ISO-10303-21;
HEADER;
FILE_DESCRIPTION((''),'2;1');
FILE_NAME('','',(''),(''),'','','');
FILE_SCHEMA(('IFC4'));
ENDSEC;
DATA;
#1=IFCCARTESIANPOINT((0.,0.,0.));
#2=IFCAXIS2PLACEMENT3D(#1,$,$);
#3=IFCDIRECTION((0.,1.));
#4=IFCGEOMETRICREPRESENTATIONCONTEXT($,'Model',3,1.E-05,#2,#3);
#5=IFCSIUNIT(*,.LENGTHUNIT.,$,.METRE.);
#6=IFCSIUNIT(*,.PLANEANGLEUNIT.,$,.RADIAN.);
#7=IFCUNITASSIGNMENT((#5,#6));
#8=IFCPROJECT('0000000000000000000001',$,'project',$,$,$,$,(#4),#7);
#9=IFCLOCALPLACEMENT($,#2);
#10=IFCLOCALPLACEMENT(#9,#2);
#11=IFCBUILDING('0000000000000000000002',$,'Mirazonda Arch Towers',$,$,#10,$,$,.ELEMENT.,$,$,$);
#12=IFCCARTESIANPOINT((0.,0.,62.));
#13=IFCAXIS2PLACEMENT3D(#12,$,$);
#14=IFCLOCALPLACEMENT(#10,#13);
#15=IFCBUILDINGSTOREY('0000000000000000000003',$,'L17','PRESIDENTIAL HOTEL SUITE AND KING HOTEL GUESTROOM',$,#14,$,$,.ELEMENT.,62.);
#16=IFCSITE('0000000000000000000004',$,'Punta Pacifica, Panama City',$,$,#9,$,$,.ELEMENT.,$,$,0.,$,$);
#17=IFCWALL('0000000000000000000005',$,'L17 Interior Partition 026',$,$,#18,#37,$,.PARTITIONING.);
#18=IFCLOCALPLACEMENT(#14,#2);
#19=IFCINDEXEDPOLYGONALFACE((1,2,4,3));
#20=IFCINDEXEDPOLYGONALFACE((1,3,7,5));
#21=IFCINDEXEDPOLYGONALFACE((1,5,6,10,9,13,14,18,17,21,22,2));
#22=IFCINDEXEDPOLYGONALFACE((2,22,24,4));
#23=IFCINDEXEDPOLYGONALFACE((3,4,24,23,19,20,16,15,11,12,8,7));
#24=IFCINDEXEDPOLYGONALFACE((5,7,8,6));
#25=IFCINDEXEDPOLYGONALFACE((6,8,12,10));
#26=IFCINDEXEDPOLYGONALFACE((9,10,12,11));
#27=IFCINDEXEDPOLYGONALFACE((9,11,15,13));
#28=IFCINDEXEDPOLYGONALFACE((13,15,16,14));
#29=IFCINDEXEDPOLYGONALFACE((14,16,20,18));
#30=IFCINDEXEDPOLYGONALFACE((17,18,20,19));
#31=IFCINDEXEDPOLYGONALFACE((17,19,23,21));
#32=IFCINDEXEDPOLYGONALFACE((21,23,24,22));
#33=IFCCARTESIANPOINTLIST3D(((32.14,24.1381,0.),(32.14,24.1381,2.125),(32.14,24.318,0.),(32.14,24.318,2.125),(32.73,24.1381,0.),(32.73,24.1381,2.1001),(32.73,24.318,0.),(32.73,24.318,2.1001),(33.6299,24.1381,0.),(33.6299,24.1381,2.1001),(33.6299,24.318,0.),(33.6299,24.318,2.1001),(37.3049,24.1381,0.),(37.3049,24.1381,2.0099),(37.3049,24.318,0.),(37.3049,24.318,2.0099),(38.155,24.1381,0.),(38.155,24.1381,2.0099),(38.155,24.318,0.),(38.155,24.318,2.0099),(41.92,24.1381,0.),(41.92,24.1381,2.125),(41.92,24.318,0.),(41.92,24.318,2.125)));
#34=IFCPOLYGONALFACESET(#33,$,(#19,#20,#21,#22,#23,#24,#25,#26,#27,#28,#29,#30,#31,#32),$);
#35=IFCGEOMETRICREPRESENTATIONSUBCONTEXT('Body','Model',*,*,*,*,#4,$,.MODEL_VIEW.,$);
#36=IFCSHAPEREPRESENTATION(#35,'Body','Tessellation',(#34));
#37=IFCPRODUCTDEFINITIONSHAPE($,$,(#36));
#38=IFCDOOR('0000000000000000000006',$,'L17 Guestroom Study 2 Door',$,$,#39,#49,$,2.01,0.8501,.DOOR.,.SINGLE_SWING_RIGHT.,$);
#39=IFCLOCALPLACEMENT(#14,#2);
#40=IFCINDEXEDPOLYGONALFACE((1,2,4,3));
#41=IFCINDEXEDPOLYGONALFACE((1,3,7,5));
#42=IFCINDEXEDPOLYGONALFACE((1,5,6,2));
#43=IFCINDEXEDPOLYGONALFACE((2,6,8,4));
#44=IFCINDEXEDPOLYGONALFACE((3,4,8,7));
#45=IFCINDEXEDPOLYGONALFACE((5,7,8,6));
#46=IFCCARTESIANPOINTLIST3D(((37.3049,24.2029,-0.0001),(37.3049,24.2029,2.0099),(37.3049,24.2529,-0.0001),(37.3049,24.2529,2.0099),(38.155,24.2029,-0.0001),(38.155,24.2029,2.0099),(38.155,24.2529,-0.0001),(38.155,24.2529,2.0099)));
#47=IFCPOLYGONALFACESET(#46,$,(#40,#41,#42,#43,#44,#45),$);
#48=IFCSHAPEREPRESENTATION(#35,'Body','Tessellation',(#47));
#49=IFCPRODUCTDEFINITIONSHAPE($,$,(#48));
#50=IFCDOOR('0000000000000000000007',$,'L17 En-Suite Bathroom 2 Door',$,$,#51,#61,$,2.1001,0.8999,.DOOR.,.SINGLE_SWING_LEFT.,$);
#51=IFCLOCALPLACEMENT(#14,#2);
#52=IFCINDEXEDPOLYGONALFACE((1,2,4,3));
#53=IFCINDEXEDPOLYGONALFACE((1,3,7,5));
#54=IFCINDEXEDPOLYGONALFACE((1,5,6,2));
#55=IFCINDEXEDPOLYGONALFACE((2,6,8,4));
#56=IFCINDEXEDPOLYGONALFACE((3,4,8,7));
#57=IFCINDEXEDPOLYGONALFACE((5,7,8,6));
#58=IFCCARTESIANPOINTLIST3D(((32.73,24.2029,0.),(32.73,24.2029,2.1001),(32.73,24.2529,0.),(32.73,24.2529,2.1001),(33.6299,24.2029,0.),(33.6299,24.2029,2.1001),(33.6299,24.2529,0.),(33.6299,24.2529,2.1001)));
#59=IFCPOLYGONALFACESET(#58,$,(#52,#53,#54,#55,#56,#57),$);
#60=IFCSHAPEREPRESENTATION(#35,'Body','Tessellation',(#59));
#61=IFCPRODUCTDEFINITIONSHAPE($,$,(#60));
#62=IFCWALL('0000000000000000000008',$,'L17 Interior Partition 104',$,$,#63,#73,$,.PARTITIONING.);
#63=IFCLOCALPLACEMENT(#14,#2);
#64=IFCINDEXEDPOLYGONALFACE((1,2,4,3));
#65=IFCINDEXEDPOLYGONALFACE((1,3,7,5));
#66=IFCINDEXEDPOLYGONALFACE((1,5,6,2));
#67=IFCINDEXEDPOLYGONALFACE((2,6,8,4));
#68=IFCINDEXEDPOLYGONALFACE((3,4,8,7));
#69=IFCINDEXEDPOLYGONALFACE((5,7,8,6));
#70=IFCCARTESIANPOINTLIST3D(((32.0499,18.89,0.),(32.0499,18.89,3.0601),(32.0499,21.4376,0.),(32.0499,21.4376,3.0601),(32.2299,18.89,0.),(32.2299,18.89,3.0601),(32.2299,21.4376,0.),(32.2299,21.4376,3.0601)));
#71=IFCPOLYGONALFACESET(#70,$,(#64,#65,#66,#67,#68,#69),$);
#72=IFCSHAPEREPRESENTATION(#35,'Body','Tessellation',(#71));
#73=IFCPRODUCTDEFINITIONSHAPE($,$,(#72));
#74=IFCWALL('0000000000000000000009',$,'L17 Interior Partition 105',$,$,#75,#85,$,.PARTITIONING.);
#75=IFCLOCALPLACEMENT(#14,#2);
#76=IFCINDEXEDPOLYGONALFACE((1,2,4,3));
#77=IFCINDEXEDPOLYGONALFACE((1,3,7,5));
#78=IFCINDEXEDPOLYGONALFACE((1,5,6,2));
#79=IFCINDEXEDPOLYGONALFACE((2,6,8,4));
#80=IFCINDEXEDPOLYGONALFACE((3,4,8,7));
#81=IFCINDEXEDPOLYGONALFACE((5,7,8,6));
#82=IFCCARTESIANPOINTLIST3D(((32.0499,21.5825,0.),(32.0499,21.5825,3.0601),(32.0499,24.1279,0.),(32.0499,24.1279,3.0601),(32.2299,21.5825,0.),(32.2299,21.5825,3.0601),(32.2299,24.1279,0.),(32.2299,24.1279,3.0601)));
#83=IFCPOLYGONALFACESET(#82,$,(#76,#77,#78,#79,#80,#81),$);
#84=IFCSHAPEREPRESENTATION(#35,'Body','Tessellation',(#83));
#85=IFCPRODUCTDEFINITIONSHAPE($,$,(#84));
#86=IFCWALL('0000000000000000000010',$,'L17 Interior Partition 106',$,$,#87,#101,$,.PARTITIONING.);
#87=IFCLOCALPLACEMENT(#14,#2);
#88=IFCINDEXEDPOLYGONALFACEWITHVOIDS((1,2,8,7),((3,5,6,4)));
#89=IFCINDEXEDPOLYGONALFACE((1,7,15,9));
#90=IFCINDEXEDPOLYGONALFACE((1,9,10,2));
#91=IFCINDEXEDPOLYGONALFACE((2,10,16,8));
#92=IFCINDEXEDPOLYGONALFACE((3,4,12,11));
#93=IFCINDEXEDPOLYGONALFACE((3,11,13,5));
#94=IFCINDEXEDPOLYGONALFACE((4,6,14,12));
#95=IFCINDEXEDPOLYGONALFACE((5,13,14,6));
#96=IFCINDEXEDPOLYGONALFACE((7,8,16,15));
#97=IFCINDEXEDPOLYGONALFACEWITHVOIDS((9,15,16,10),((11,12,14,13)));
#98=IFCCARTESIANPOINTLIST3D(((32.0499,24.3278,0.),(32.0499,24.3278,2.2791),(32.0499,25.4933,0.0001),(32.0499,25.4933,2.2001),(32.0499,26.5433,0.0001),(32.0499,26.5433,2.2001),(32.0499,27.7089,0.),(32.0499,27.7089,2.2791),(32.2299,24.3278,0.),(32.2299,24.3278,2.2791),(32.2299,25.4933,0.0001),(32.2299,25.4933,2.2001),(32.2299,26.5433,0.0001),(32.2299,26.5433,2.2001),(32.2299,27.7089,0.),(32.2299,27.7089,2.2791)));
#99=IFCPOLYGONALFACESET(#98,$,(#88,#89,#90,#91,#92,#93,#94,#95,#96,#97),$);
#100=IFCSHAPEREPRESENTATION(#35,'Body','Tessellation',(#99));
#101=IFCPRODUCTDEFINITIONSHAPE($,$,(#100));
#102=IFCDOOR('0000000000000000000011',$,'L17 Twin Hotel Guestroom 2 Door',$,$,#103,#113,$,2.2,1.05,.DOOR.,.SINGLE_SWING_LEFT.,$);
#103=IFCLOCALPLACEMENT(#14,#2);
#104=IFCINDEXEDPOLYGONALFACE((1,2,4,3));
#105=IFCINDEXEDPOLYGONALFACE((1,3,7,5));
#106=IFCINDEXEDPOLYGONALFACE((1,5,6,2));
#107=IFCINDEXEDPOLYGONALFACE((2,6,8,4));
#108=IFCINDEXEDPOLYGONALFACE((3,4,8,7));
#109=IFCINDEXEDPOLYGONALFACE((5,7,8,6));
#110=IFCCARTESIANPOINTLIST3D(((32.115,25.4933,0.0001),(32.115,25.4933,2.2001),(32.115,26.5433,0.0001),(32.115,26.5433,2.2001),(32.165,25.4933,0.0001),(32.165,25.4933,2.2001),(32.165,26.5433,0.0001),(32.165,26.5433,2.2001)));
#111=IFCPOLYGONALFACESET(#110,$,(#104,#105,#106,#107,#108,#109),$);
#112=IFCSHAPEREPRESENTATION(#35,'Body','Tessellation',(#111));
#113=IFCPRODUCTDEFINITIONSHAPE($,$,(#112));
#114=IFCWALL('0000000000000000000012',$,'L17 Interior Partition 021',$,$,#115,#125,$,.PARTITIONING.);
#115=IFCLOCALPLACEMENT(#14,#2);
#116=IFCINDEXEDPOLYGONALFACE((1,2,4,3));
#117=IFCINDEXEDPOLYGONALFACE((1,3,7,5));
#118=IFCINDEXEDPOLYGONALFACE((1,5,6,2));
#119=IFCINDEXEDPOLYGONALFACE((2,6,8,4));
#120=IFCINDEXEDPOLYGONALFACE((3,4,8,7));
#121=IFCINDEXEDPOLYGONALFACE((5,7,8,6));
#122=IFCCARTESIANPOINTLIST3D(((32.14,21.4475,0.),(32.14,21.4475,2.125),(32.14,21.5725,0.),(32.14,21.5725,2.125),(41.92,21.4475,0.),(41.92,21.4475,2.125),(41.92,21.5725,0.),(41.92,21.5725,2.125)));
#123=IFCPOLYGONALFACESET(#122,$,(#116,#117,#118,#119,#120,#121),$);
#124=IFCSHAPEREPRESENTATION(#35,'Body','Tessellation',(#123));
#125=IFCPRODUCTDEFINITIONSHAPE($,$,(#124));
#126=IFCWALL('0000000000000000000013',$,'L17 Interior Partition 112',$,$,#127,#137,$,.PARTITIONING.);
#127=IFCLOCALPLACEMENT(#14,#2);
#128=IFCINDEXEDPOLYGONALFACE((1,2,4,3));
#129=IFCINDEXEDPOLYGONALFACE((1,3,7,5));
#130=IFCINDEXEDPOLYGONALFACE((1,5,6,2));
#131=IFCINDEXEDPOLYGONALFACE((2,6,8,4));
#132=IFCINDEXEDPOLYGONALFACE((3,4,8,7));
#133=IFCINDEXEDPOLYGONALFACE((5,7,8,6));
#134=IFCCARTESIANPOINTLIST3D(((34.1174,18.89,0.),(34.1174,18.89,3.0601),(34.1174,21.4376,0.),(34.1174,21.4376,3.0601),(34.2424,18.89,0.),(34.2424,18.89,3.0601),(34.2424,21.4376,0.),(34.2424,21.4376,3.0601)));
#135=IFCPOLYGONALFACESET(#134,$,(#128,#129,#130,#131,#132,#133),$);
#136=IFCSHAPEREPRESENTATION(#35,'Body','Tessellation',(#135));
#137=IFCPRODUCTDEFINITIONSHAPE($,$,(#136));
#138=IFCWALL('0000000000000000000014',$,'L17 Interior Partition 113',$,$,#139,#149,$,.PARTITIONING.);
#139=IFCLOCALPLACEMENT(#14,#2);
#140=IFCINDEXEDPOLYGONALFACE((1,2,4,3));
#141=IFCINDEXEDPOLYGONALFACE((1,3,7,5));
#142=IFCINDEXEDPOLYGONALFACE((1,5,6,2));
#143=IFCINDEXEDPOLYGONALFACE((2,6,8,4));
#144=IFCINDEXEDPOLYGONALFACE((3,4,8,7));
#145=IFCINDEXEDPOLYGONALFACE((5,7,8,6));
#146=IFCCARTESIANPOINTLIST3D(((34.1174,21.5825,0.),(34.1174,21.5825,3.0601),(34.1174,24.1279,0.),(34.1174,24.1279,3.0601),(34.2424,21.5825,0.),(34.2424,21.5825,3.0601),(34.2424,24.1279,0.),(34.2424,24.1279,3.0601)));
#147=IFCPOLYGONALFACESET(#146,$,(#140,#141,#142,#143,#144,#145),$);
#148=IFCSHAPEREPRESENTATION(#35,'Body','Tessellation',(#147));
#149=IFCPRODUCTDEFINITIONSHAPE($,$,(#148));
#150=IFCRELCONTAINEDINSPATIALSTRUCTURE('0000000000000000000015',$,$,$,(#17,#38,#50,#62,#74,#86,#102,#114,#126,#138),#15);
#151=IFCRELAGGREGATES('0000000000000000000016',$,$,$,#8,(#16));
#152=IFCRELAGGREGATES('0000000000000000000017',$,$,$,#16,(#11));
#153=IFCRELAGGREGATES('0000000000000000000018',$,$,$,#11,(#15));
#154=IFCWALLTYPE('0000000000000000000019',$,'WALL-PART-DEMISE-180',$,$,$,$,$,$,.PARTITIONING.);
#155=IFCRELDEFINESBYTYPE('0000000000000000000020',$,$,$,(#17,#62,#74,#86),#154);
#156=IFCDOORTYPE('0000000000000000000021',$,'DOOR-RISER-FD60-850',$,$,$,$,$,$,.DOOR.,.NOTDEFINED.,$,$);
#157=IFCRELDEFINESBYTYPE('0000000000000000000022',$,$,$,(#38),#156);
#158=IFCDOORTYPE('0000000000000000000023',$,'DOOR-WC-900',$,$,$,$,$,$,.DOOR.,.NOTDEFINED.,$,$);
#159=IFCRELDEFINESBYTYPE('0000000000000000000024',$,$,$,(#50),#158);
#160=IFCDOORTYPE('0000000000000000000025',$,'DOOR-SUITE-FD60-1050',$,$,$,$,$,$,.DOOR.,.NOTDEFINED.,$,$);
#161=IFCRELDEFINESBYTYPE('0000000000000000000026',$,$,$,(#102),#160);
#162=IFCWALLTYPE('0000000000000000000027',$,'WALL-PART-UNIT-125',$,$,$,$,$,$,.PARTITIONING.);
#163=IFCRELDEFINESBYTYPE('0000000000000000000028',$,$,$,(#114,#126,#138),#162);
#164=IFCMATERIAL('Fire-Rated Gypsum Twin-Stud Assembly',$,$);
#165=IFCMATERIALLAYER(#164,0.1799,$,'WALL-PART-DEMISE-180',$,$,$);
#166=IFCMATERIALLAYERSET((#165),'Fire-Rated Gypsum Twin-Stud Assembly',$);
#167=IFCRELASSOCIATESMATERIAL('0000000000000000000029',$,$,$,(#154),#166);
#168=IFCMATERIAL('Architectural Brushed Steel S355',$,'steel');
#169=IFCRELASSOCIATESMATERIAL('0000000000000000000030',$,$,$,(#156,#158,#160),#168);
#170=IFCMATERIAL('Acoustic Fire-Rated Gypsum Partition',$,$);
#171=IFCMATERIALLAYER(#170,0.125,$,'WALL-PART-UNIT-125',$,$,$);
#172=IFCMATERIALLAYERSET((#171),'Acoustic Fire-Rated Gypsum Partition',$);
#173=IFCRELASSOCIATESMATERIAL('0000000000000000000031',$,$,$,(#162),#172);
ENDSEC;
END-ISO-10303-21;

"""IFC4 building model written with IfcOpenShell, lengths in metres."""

from ifc_helpers import new_model, si_unit, direction, frame, frame_2d, origin, place, context, subcontext, project, spatial, rectangle, extrude, material, layer, layer_set, type_object, element, fill, save


model = new_model("IFC4")

# Units and contexts
model_context = context("Model", 3, precision=1e-05, world=origin(), true_north=direction((0.0, 1.0)))
body_context = subcontext(model_context, "Body", "Model", "MODEL_VIEW")
ifc_project = project(units=[si_unit("LENGTHUNIT", "METRE"), si_unit("PLANEANGLEUNIT", "RADIAN")], contexts=[model_context])

# Site, building, storey
site_placement = place(None, origin())
site = spatial("IfcSite", under=ifc_project, at=site_placement, Name="Punta Pacifica, Panama City", CompositionType="ELEMENT", RefElevation=0.0)
building_placement = place(site_placement, origin())
building = spatial("IfcBuilding", under=site, at=building_placement, Name="Mirazonda Arch Towers", CompositionType="ELEMENT")
storey_placement = place(building_placement, frame((0.0, 0.0, 62.0)))
storey = spatial("IfcBuildingStorey", under=building, at=storey_placement, Name="L17", Description="PRESIDENTIAL HOTEL SUITE AND KING HOTEL GUESTROOM", CompositionType="ELEMENT", Elevation=62.0)

# Wall, openings, doors
ifc_material_1 = material(Name="Fire-Rated Gypsum Twin-Stud Assembly")
ifc_layer_1 = layer(ifc_material_1, 0.1799, Name="WALL-PART-DEMISE-180")
ifc_layer_set_1 = layer_set([ifc_layer_1], Name="Fire-Rated Gypsum Twin-Stud Assembly")
wall_type_1 = type_object("IfcWallType", Name="WALL-PART-DEMISE-180", PredefinedType="PARTITIONING", material=ifc_layer_set_1)
ifc_material_2 = material(Name="Architectural Brushed Steel S355", Category="steel")
door_type_1 = type_object("IfcDoorType", Name="DOOR-RISER-FD60-850", OperationType="NOTDEFINED", PredefinedType="DOOR", material=ifc_material_2)
door_type_2 = type_object("IfcDoorType", Name="DOOR-WC-900", OperationType="NOTDEFINED", PredefinedType="DOOR", material=ifc_material_2)
wall_1_placement = place(storey_placement, frame((32.1399, 24.228, 0.0), z_axis=(0.0, 0.0, 1.0), x_axis=(1.0, 0.0, 0.0)))
wall_1 = element("IfcWall", 1, at=wall_1_placement, inside=storey, type_object=wall_type_1, Name="L17 Interior Partition 026", PredefinedType="PARTITIONING", context=body_context, shape_type="SweptSolid", body=[
    extrude(rectangle(XDim=9.78, YDim=0.1799, at=frame_2d((4.8901, 0.0))), origin(), (0.0, 0.0, 1.0), 2.125),
])
opening_1_placement = place(wall_1_placement, frame((5.165, 0.0, 0.0)))
opening_1 = element("IfcOpeningElement", 2, at=opening_1_placement, cuts=wall_1, PredefinedType="OPENING", context=body_context, shape_type="SweptSolid", body=[
    extrude(rectangle(XDim=0.8501, YDim=2.01, at=frame_2d((0.425, 1.0049))), frame((0.0, 0.0999, 0.0), z_axis=(0.0, -1.0, 0.0), x_axis=(1.0, 0.0, 0.0)), (0.0, 0.0, 1.0), 0.2),
])
opening_2_placement = place(wall_1_placement, frame((0.5901, 0.0, 0.0)))
opening_2 = element("IfcOpeningElement", 3, at=opening_2_placement, cuts=wall_1, PredefinedType="OPENING", context=body_context, shape_type="SweptSolid", body=[
    extrude(rectangle(XDim=0.8999, YDim=2.1001, at=frame_2d((0.45, 1.05))), frame((0.0, 0.0999, 0.0), z_axis=(0.0, -1.0, 0.0), x_axis=(1.0, 0.0, 0.0)), (0.0, 0.0, 1.0), 0.2),
])
door_1_placement = place(opening_1_placement, origin())
door_1 = element("IfcDoor", 4, at=door_1_placement, inside=storey, type_object=door_type_1, Name="L17 Guestroom Study 2 Door", OperationType="SINGLE_SWING_RIGHT", OverallHeight=2.01, OverallWidth=0.8501, PredefinedType="DOOR", context=body_context, shape_type="SweptSolid", body=[
    extrude(rectangle(XDim=0.8501, YDim=2.01, at=frame_2d((0.425, 1.0049))), frame((0.0, 0.0249, 0.0), z_axis=(0.0, -1.0, 0.0), x_axis=(1.0, 0.0, 0.0)), (0.0, 0.0, 1.0), 0.05),
])
fill(opening_1, door_1)
door_2_placement = place(opening_2_placement, origin())
door_2 = element("IfcDoor", 5, at=door_2_placement, inside=storey, type_object=door_type_2, Name="L17 En-Suite Bathroom 2 Door", OperationType="SINGLE_SWING_LEFT", OverallHeight=2.1001, OverallWidth=0.8999, PredefinedType="DOOR", context=body_context, shape_type="SweptSolid", body=[
    extrude(rectangle(XDim=0.8999, YDim=2.1001, at=frame_2d((0.45, 1.05))), frame((0.0, 0.0249, 0.0), z_axis=(0.0, -1.0, 0.0), x_axis=(1.0, 0.0, 0.0)), (0.0, 0.0, 1.0), 0.05),
])
fill(opening_2, door_2)

# Walls
wall_2_placement = place(storey_placement, frame((32.1399, 18.8899, 0.0), z_axis=(0.0, 0.0, 1.0), x_axis=(0.0, 1.0, 0.0)))
element("IfcWall", 6, at=wall_2_placement, inside=storey, type_object=wall_type_1, Name="L17 Interior Partition 104", PredefinedType="PARTITIONING", context=body_context, shape_type="SweptSolid", body=[
    extrude(rectangle(XDim=2.5476, YDim=0.1799, at=frame_2d((1.2739, 0.0))), origin(), (0.0, 0.0, 1.0), 3.0601),
])
wall_3_placement = place(storey_placement, frame((32.1399, 21.5825, 0.0), z_axis=(0.0, 0.0, 1.0), x_axis=(0.0, 1.0, 0.0)))
element("IfcWall", 7, at=wall_3_placement, inside=storey, type_object=wall_type_1, Name="L17 Interior Partition 105", PredefinedType="PARTITIONING", context=body_context, shape_type="SweptSolid", body=[
    extrude(rectangle(XDim=2.5454, YDim=0.1799, at=frame_2d((1.2727, 0.0))), origin(), (0.0, 0.0, 1.0), 3.0601),
])

# Wall, opening, door
wall_4_placement = place(storey_placement, frame((32.1399, 24.3279, 0.0), z_axis=(0.0, 0.0, 1.0), x_axis=(0.0, 1.0, 0.0)))
wall_4 = element("IfcWall", 8, at=wall_4_placement, inside=storey, type_object=wall_type_1, Name="L17 Interior Partition 106", PredefinedType="PARTITIONING", context=body_context, shape_type="SweptSolid", body=[
    extrude(rectangle(XDim=3.3811, YDim=0.1799, at=frame_2d((1.6904, 0.0))), origin(), (0.0, 0.0, 1.0), 2.2791),
])
opening_3_placement = place(wall_4_placement, frame((1.1655, 0.0, 0.0)))
opening_3 = element("IfcOpeningElement", 9, at=opening_3_placement, cuts=wall_4, PredefinedType="OPENING", context=body_context, shape_type="SweptSolid", body=[
    extrude(rectangle(XDim=1.05, YDim=2.2, at=frame_2d((0.5249, 1.1001))), frame((0.0, 0.0999, 0.0), z_axis=(0.0, -1.0, 0.0), x_axis=(1.0, 0.0, 0.0)), (0.0, 0.0, 1.0), 0.2),
])
door_type_3 = type_object("IfcDoorType", Name="DOOR-SUITE-FD60-1050", OperationType="NOTDEFINED", PredefinedType="DOOR", material=ifc_material_2)
door_3_placement = place(opening_3_placement, origin())
door_3 = element("IfcDoor", 10, at=door_3_placement, inside=storey, type_object=door_type_3, Name="L17 Twin Hotel Guestroom 2 Door", OperationType="SINGLE_SWING_LEFT", OverallHeight=2.2, OverallWidth=1.05, PredefinedType="DOOR", context=body_context, shape_type="SweptSolid", body=[
    extrude(rectangle(XDim=1.05, YDim=2.2, at=frame_2d((0.5249, 1.1001))), frame((0.0, 0.0249, 0.0), z_axis=(0.0, -1.0, 0.0), x_axis=(1.0, 0.0, 0.0)), (0.0, 0.0, 1.0), 0.05),
])
fill(opening_3, door_3)

# Walls
ifc_material_3 = material(Name="Acoustic Fire-Rated Gypsum Partition")
ifc_layer_2 = layer(ifc_material_3, 0.125, Name="WALL-PART-UNIT-125")
ifc_layer_set_2 = layer_set([ifc_layer_2], Name="Acoustic Fire-Rated Gypsum Partition")
wall_type_2 = type_object("IfcWallType", Name="WALL-PART-UNIT-125", PredefinedType="PARTITIONING", material=ifc_layer_set_2)
wall_5_placement = place(storey_placement, frame((32.1399, 21.51, 0.0), z_axis=(0.0, 0.0, 1.0), x_axis=(1.0, 0.0, 0.0)))
element("IfcWall", 11, at=wall_5_placement, inside=storey, type_object=wall_type_2, Name="L17 Interior Partition 021", PredefinedType="PARTITIONING", context=body_context, shape_type="SweptSolid", body=[
    extrude(rectangle(XDim=9.78, YDim=0.125, at=frame_2d((4.8901, 0.0))), origin(), (0.0, 0.0, 1.0), 2.125),
])
wall_6_placement = place(storey_placement, frame((34.1799, 18.8899, 0.0), z_axis=(0.0, 0.0, 1.0), x_axis=(0.0, 1.0, 0.0)))
element("IfcWall", 12, at=wall_6_placement, inside=storey, type_object=wall_type_2, Name="L17 Interior Partition 112", PredefinedType="PARTITIONING", context=body_context, shape_type="SweptSolid", body=[
    extrude(rectangle(XDim=2.5476, YDim=0.125, at=frame_2d((1.2739, 0.0))), origin(), (0.0, 0.0, 1.0), 3.0601),
])
wall_7_placement = place(storey_placement, frame((34.1799, 21.5825, 0.0), z_axis=(0.0, 0.0, 1.0), x_axis=(0.0, 1.0, 0.0)))
element("IfcWall", 13, at=wall_7_placement, inside=storey, type_object=wall_type_2, Name="L17 Interior Partition 113", PredefinedType="PARTITIONING", context=body_context, shape_type="SweptSolid", body=[
    extrude(rectangle(XDim=2.5454, YDim=0.125, at=frame_2d((1.2727, 0.0))), origin(), (0.0, 0.0, 1.0), 3.0601),
])

save(model, "model.ifc")
